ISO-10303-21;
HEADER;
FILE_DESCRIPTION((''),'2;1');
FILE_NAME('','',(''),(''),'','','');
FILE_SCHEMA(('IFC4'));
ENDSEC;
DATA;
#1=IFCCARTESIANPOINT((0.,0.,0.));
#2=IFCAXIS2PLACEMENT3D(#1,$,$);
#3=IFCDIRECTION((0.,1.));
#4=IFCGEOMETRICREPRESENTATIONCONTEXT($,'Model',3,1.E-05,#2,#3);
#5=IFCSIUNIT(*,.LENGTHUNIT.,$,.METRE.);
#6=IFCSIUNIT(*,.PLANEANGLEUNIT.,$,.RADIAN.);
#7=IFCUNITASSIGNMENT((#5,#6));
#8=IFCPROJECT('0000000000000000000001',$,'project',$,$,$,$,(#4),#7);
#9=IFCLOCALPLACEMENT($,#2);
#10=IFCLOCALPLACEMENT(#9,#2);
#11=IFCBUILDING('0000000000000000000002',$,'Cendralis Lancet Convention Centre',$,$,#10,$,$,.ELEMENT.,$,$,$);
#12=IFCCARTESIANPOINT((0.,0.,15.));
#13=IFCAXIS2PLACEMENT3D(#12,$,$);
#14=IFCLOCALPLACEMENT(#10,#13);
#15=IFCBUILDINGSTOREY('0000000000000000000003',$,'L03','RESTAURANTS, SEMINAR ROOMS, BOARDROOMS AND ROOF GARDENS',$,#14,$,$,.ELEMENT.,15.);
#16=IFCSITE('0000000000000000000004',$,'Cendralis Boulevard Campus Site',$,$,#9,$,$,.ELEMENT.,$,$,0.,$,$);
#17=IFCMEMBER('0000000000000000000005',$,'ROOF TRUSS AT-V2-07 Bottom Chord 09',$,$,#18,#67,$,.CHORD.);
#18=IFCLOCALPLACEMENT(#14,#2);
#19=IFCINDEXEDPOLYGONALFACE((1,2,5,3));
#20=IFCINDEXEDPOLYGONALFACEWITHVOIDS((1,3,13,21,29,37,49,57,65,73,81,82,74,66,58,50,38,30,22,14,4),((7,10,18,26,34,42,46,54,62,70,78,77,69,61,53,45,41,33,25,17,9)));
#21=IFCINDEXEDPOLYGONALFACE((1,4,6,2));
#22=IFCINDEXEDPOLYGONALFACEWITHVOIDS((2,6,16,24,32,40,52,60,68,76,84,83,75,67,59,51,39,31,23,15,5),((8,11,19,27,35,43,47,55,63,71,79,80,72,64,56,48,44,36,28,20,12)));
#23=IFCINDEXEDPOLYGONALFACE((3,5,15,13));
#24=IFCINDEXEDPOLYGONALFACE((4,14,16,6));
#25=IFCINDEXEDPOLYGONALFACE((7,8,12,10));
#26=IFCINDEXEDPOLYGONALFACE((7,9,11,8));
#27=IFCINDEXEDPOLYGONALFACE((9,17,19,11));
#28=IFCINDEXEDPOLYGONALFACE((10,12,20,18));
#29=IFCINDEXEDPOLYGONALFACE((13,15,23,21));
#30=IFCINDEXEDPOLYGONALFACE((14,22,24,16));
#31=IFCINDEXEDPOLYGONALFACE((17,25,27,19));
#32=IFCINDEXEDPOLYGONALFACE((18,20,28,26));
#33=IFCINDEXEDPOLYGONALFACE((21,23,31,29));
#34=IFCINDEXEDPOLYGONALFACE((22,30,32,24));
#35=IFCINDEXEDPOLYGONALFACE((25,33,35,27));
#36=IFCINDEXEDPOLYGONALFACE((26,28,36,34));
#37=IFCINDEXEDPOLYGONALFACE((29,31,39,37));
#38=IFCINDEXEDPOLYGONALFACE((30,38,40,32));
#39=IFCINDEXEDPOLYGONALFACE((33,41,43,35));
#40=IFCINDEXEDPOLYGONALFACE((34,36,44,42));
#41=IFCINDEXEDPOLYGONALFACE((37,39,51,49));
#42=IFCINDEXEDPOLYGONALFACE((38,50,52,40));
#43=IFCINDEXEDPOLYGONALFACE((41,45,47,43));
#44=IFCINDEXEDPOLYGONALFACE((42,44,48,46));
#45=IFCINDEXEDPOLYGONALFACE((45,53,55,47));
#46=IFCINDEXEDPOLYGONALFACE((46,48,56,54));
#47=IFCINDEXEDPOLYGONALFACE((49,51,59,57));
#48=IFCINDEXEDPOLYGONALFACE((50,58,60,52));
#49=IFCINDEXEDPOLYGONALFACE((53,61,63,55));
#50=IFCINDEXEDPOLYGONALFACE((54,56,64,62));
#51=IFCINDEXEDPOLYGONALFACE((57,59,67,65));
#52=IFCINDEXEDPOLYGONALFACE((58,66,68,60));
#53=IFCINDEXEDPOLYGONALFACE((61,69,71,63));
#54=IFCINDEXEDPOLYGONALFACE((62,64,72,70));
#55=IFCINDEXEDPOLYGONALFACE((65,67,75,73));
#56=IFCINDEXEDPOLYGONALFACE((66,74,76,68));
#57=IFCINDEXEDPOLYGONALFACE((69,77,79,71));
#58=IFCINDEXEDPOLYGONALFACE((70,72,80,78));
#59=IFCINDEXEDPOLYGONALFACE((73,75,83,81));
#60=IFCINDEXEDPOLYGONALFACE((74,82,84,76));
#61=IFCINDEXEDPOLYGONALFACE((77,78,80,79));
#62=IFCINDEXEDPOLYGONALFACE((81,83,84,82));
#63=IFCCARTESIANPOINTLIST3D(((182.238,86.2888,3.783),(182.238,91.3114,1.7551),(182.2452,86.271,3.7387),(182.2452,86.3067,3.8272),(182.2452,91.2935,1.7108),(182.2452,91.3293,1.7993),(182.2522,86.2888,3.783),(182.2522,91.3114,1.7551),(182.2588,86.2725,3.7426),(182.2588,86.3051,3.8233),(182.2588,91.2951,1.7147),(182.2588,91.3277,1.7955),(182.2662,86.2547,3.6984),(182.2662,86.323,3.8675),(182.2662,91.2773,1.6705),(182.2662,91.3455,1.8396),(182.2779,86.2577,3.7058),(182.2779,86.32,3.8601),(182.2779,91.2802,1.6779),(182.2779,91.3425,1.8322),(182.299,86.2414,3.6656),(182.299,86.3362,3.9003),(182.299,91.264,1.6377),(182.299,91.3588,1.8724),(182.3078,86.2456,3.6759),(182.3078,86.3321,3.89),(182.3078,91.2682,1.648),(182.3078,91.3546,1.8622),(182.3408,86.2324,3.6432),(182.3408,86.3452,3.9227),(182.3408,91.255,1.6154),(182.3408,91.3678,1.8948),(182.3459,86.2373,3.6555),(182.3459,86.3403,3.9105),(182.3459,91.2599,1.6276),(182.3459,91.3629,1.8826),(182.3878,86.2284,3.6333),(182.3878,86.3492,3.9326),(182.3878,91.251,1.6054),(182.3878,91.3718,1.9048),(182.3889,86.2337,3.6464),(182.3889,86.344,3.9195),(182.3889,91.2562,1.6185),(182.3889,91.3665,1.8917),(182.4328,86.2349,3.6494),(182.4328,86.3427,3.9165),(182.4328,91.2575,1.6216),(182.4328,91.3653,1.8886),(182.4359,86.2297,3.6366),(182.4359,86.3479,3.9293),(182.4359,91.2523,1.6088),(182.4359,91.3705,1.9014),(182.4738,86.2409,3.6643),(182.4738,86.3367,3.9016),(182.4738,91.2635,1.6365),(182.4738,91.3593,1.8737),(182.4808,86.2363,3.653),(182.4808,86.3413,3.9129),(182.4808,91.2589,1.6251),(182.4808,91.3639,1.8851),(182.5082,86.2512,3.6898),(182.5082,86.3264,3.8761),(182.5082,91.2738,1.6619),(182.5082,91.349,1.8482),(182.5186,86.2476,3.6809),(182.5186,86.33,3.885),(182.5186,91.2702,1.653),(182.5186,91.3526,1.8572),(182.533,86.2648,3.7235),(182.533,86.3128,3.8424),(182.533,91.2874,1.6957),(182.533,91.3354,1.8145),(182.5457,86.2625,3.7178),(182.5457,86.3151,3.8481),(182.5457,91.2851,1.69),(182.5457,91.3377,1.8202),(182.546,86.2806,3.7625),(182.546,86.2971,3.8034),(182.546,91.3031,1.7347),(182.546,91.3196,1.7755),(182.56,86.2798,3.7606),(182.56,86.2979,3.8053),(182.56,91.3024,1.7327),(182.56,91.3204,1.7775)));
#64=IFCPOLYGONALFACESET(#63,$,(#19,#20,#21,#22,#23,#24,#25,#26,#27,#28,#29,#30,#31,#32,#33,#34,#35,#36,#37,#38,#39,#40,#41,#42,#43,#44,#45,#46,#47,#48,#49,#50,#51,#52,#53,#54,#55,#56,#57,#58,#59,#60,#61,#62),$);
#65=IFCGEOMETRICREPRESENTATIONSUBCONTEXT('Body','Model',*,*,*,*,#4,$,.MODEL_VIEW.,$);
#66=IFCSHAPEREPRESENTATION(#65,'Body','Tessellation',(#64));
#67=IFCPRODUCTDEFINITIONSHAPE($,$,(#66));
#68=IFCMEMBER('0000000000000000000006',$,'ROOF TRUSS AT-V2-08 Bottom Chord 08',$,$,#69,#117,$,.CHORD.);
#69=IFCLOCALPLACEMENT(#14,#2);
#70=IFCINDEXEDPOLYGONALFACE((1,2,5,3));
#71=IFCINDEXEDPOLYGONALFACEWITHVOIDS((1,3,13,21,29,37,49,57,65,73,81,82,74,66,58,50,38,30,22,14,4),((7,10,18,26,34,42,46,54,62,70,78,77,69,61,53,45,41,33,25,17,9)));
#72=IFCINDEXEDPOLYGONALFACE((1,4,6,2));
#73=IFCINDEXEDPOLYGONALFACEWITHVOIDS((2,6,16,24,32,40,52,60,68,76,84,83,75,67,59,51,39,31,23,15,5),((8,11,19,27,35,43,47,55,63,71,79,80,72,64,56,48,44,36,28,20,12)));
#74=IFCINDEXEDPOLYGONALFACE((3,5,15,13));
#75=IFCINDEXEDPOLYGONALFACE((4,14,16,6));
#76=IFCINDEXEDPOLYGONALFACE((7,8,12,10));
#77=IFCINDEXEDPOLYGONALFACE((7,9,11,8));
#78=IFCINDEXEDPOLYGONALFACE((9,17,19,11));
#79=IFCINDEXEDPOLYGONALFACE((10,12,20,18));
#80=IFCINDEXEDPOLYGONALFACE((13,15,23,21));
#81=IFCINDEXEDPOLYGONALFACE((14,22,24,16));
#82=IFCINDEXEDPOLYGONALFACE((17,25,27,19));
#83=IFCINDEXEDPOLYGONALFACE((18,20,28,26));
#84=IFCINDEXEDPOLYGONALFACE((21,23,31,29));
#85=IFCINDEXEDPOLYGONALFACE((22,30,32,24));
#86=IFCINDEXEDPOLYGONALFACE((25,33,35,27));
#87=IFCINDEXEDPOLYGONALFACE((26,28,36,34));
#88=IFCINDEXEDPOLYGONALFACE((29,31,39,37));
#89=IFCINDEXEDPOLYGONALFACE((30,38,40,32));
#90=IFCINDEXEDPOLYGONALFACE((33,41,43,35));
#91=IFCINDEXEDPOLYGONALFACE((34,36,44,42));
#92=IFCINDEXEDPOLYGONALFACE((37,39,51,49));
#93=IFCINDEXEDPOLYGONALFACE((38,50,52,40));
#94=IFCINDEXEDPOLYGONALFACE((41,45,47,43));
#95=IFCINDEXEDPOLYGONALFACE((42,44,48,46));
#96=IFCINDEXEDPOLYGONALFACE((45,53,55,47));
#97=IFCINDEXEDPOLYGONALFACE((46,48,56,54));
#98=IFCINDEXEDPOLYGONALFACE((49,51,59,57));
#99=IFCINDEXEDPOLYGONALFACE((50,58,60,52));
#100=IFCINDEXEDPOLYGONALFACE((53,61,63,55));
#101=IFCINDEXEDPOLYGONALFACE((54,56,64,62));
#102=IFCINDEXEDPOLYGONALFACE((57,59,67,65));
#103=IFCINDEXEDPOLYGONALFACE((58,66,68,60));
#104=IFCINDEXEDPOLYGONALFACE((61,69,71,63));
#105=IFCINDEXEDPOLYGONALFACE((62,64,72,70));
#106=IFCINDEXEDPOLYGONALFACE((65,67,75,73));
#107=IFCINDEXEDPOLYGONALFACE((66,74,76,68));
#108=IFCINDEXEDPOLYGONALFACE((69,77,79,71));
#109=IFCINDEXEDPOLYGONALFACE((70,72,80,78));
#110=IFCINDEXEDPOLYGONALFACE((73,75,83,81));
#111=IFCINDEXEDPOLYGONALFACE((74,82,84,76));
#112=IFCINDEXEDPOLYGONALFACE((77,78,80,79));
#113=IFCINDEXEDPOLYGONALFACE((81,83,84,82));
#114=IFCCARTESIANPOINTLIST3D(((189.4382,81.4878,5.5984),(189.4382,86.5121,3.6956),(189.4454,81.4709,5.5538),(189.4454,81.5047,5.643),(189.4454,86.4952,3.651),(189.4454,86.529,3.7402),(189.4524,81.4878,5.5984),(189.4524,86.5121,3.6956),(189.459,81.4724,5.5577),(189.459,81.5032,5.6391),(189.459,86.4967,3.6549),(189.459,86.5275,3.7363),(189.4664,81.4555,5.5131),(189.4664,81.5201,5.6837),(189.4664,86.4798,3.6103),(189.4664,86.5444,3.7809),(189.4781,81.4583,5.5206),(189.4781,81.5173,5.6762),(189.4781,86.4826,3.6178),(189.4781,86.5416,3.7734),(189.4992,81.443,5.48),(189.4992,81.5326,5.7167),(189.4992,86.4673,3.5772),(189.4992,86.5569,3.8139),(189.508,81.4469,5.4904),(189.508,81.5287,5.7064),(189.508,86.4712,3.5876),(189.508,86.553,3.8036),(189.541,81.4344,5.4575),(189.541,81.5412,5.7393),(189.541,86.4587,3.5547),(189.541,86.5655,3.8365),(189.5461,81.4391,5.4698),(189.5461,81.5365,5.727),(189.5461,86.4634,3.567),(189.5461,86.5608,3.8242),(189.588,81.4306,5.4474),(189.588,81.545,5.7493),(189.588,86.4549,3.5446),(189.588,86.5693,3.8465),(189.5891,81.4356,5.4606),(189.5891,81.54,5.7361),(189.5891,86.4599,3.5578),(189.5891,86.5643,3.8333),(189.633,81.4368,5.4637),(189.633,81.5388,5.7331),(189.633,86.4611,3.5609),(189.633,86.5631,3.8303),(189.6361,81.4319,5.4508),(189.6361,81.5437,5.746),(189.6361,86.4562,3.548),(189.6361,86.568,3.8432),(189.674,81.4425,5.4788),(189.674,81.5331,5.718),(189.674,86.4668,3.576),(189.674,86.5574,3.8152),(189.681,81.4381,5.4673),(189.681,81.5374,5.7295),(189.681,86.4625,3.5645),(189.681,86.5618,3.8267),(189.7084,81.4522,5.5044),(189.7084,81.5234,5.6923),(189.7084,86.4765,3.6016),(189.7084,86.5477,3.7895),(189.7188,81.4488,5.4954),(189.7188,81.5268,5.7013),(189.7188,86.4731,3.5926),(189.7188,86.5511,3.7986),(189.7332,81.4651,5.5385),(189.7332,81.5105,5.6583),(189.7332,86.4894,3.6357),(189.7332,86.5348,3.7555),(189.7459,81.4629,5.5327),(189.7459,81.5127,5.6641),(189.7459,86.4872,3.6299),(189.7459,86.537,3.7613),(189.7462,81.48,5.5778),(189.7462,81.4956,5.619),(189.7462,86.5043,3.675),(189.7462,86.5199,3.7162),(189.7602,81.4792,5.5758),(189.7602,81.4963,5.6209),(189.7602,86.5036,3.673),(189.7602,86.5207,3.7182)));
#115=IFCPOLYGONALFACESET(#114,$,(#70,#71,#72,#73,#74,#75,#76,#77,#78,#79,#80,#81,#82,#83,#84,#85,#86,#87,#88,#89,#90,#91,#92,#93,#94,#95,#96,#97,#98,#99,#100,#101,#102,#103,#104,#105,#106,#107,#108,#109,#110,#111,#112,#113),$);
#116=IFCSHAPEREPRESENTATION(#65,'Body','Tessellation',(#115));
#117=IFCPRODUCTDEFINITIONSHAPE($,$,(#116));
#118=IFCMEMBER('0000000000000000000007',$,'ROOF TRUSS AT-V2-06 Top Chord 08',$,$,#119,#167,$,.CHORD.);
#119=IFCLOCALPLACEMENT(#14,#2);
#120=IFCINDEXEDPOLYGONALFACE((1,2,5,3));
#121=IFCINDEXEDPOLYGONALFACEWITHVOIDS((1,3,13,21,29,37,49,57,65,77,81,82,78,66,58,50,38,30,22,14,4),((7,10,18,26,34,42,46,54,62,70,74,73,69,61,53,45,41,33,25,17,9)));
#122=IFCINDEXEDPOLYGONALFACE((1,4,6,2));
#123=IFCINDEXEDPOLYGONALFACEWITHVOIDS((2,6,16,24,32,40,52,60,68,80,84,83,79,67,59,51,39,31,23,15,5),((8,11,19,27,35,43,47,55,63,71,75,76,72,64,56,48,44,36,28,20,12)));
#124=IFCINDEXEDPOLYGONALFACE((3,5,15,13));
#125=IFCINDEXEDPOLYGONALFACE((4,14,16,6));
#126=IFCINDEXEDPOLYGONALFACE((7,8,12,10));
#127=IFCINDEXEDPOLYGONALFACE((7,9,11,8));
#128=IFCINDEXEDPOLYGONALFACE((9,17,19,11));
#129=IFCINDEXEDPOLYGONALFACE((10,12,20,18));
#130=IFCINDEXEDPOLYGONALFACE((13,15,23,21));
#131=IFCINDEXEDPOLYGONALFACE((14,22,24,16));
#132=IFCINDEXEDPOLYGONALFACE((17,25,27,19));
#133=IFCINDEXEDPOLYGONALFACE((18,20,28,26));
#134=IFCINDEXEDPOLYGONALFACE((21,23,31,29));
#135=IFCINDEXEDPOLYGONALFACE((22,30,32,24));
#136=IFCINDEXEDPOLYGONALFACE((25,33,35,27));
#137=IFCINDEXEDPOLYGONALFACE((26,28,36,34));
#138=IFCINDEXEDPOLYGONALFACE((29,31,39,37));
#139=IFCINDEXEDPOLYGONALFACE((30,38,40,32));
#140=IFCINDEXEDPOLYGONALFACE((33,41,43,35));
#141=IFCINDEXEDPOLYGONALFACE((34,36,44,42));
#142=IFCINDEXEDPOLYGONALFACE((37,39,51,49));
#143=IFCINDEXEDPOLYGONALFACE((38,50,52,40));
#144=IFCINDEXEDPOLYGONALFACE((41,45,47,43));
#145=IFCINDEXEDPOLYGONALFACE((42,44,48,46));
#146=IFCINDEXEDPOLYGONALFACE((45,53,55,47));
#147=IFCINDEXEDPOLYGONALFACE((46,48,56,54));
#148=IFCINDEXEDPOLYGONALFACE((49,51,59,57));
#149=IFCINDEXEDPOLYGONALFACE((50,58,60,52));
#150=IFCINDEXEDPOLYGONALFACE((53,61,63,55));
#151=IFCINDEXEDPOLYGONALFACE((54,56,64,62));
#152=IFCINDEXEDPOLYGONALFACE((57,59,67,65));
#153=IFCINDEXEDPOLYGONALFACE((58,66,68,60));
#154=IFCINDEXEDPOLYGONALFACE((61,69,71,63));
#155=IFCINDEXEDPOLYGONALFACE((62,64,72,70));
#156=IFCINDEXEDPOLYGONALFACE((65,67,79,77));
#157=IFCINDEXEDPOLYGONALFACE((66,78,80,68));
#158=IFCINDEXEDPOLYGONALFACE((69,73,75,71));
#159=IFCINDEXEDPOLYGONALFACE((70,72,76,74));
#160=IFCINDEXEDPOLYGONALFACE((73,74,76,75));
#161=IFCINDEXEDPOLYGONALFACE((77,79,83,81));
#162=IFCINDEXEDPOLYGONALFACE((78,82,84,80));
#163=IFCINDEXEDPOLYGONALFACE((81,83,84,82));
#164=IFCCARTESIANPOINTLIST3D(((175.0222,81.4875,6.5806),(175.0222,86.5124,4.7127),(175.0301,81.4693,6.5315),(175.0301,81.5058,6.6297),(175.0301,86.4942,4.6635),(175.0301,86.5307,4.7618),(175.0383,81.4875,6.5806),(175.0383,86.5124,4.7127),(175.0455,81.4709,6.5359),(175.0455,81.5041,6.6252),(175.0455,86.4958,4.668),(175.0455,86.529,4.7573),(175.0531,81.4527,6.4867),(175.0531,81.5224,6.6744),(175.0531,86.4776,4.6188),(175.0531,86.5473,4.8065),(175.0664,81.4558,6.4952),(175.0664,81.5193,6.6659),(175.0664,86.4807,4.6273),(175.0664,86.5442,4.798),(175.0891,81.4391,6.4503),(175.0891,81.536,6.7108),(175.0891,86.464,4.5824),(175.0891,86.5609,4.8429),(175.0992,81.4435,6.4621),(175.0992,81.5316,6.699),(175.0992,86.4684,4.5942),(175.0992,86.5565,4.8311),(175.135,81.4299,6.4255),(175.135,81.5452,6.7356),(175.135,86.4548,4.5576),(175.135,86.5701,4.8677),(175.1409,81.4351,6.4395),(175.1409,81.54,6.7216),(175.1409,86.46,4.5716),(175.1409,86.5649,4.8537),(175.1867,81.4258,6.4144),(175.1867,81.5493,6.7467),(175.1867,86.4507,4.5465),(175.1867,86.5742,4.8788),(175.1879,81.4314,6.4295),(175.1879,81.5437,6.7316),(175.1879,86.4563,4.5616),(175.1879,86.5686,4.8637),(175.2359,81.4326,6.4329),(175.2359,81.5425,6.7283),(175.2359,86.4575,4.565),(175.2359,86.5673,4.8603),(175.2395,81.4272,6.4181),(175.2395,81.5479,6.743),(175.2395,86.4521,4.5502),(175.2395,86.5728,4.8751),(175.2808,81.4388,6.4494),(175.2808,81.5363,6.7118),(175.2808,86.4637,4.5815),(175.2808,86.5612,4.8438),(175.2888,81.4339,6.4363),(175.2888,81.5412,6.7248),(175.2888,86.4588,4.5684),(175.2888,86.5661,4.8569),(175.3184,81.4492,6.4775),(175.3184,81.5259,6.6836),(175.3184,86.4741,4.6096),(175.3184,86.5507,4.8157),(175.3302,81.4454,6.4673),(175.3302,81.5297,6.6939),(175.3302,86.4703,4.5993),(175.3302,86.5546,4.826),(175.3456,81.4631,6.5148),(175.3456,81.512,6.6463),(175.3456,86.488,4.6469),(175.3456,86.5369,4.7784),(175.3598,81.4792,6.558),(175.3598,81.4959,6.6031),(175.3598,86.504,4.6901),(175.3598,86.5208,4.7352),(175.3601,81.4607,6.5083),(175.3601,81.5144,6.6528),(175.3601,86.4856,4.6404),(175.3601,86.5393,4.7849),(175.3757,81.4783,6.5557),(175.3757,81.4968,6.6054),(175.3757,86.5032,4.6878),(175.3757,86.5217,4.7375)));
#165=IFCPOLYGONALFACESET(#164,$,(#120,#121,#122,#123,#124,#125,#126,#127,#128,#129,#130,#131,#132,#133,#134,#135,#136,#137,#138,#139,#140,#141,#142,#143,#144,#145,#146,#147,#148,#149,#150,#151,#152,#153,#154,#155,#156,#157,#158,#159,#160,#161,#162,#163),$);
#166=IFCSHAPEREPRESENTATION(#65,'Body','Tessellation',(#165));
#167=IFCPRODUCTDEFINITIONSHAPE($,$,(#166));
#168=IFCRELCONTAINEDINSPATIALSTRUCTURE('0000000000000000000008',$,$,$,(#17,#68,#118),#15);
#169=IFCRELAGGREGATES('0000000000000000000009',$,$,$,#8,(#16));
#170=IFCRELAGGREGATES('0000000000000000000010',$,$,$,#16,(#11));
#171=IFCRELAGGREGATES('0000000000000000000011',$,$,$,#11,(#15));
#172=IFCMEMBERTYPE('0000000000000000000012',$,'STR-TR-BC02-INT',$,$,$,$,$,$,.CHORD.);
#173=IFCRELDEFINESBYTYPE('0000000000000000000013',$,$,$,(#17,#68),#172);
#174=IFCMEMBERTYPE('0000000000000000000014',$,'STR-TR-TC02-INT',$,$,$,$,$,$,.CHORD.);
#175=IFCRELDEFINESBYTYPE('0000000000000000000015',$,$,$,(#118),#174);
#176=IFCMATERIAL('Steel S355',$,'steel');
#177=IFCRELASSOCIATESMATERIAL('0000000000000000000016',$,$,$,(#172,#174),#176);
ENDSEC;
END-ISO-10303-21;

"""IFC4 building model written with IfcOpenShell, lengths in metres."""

from ifc_helpers import new_model, si_unit, direction, frame, origin, origin_2d, place, context, subcontext, project, spatial, hollow_circle, extrude, material, material_profile, profile_set, type_object, element, save


model = new_model("IFC4")

# Units and contexts
model_context = context("Model", 3, precision=1e-05, world=origin(), true_north=direction((0.0, 1.0)))
body_context = subcontext(model_context, "Body", "Model", "MODEL_VIEW")
ifc_project = project(units=[si_unit("LENGTHUNIT", "METRE"), si_unit("PLANEANGLEUNIT", "RADIAN")], contexts=[model_context])

# Site, building, storey
site_placement = place(None, origin())
site = spatial("IfcSite", under=ifc_project, at=site_placement, Name="Cendralis Boulevard Campus Site", CompositionType="ELEMENT", RefElevation=0.0)
building_placement = place(site_placement, origin())
building = spatial("IfcBuilding", under=site, at=building_placement, Name="Cendralis Lancet Convention Centre", CompositionType="ELEMENT")
storey_placement = place(building_placement, frame((0.0, 0.0, 15.0)))
storey = spatial("IfcBuildingStorey", under=building, at=storey_placement, Name="L03", Description="RESTAURANTS, SEMINAR ROOMS, BOARDROOMS AND ROOF GARDENS", CompositionType="ELEMENT", Elevation=15.0)

# Members
ifc_material_1 = material(Name="Steel S355", Category="steel")
ifc_material_profile_1 = material_profile(ifc_material_1, hollow_circle(Radius=0.1619, WallThickness=0.0142, at=origin_2d()), Name="CHS 323.9x14.2")
ifc_profile_set_1 = profile_set([ifc_material_profile_1], Name="Steel S355")
member_type_1 = type_object("IfcMemberType", Name="STR-TR-BC02-INT", PredefinedType="CHORD", material=ifc_profile_set_1)
member_1_placement = place(storey_placement, frame((182.3999, 86.2888, 3.783), z_axis=(0.0, 0.927272, -0.374389), x_axis=(-1.0, 0.0, 0.0)))
element("IfcMember", 1, at=member_1_placement, inside=storey, type_object=member_type_1, Name="ROOF TRUSS AT-V2-07 Bottom Chord 09", PredefinedType="CHORD", context=body_context, shape_type="SweptSolid", body=[
    extrude(hollow_circle(Radius=0.1619, WallThickness=0.0142, at=origin_2d()), origin(), (0.0, 0.0, 1.0), 5.4165),
])
member_2_placement = place(storey_placement, frame((189.6001, 81.4878, 5.5984), z_axis=(0.0, 0.935181, -0.354169), x_axis=(-1.0, 0.0, 0.0)))
element("IfcMember", 2, at=member_2_placement, inside=storey, type_object=member_type_1, Name="ROOF TRUSS AT-V2-08 Bottom Chord 08", PredefinedType="CHORD", context=body_context, shape_type="SweptSolid", body=[
    extrude(hollow_circle(Radius=0.1619, WallThickness=0.0142, at=origin_2d()), origin(), (0.0, 0.0, 1.0), 5.3726),
])
ifc_material_profile_2 = material_profile(ifc_material_1, hollow_circle(Radius=0.1777, WallThickness=0.0161, at=origin_2d()), Name="CHS 355.6x16.0")
ifc_profile_set_2 = profile_set([ifc_material_profile_2], Name="Steel S355")
member_type_2 = type_object("IfcMemberType", Name="STR-TR-TC02-INT", PredefinedType="CHORD", material=ifc_profile_set_2)
member_3_placement = place(storey_placement, frame((175.2, 81.4875, 6.5806), z_axis=(0.0, 0.937332, -0.348437), x_axis=(-1.0, 0.0, 0.0)))
element("IfcMember", 3, at=member_3_placement, inside=storey, type_object=member_type_2, Name="ROOF TRUSS AT-V2-06 Top Chord 08", PredefinedType="CHORD", context=body_context, shape_type="SweptSolid", body=[
    extrude(hollow_circle(Radius=0.1777, WallThickness=0.0161, at=origin_2d()), origin(), (0.0, 0.0, 1.0), 5.3608),
])

save(model, "model.ifc")
